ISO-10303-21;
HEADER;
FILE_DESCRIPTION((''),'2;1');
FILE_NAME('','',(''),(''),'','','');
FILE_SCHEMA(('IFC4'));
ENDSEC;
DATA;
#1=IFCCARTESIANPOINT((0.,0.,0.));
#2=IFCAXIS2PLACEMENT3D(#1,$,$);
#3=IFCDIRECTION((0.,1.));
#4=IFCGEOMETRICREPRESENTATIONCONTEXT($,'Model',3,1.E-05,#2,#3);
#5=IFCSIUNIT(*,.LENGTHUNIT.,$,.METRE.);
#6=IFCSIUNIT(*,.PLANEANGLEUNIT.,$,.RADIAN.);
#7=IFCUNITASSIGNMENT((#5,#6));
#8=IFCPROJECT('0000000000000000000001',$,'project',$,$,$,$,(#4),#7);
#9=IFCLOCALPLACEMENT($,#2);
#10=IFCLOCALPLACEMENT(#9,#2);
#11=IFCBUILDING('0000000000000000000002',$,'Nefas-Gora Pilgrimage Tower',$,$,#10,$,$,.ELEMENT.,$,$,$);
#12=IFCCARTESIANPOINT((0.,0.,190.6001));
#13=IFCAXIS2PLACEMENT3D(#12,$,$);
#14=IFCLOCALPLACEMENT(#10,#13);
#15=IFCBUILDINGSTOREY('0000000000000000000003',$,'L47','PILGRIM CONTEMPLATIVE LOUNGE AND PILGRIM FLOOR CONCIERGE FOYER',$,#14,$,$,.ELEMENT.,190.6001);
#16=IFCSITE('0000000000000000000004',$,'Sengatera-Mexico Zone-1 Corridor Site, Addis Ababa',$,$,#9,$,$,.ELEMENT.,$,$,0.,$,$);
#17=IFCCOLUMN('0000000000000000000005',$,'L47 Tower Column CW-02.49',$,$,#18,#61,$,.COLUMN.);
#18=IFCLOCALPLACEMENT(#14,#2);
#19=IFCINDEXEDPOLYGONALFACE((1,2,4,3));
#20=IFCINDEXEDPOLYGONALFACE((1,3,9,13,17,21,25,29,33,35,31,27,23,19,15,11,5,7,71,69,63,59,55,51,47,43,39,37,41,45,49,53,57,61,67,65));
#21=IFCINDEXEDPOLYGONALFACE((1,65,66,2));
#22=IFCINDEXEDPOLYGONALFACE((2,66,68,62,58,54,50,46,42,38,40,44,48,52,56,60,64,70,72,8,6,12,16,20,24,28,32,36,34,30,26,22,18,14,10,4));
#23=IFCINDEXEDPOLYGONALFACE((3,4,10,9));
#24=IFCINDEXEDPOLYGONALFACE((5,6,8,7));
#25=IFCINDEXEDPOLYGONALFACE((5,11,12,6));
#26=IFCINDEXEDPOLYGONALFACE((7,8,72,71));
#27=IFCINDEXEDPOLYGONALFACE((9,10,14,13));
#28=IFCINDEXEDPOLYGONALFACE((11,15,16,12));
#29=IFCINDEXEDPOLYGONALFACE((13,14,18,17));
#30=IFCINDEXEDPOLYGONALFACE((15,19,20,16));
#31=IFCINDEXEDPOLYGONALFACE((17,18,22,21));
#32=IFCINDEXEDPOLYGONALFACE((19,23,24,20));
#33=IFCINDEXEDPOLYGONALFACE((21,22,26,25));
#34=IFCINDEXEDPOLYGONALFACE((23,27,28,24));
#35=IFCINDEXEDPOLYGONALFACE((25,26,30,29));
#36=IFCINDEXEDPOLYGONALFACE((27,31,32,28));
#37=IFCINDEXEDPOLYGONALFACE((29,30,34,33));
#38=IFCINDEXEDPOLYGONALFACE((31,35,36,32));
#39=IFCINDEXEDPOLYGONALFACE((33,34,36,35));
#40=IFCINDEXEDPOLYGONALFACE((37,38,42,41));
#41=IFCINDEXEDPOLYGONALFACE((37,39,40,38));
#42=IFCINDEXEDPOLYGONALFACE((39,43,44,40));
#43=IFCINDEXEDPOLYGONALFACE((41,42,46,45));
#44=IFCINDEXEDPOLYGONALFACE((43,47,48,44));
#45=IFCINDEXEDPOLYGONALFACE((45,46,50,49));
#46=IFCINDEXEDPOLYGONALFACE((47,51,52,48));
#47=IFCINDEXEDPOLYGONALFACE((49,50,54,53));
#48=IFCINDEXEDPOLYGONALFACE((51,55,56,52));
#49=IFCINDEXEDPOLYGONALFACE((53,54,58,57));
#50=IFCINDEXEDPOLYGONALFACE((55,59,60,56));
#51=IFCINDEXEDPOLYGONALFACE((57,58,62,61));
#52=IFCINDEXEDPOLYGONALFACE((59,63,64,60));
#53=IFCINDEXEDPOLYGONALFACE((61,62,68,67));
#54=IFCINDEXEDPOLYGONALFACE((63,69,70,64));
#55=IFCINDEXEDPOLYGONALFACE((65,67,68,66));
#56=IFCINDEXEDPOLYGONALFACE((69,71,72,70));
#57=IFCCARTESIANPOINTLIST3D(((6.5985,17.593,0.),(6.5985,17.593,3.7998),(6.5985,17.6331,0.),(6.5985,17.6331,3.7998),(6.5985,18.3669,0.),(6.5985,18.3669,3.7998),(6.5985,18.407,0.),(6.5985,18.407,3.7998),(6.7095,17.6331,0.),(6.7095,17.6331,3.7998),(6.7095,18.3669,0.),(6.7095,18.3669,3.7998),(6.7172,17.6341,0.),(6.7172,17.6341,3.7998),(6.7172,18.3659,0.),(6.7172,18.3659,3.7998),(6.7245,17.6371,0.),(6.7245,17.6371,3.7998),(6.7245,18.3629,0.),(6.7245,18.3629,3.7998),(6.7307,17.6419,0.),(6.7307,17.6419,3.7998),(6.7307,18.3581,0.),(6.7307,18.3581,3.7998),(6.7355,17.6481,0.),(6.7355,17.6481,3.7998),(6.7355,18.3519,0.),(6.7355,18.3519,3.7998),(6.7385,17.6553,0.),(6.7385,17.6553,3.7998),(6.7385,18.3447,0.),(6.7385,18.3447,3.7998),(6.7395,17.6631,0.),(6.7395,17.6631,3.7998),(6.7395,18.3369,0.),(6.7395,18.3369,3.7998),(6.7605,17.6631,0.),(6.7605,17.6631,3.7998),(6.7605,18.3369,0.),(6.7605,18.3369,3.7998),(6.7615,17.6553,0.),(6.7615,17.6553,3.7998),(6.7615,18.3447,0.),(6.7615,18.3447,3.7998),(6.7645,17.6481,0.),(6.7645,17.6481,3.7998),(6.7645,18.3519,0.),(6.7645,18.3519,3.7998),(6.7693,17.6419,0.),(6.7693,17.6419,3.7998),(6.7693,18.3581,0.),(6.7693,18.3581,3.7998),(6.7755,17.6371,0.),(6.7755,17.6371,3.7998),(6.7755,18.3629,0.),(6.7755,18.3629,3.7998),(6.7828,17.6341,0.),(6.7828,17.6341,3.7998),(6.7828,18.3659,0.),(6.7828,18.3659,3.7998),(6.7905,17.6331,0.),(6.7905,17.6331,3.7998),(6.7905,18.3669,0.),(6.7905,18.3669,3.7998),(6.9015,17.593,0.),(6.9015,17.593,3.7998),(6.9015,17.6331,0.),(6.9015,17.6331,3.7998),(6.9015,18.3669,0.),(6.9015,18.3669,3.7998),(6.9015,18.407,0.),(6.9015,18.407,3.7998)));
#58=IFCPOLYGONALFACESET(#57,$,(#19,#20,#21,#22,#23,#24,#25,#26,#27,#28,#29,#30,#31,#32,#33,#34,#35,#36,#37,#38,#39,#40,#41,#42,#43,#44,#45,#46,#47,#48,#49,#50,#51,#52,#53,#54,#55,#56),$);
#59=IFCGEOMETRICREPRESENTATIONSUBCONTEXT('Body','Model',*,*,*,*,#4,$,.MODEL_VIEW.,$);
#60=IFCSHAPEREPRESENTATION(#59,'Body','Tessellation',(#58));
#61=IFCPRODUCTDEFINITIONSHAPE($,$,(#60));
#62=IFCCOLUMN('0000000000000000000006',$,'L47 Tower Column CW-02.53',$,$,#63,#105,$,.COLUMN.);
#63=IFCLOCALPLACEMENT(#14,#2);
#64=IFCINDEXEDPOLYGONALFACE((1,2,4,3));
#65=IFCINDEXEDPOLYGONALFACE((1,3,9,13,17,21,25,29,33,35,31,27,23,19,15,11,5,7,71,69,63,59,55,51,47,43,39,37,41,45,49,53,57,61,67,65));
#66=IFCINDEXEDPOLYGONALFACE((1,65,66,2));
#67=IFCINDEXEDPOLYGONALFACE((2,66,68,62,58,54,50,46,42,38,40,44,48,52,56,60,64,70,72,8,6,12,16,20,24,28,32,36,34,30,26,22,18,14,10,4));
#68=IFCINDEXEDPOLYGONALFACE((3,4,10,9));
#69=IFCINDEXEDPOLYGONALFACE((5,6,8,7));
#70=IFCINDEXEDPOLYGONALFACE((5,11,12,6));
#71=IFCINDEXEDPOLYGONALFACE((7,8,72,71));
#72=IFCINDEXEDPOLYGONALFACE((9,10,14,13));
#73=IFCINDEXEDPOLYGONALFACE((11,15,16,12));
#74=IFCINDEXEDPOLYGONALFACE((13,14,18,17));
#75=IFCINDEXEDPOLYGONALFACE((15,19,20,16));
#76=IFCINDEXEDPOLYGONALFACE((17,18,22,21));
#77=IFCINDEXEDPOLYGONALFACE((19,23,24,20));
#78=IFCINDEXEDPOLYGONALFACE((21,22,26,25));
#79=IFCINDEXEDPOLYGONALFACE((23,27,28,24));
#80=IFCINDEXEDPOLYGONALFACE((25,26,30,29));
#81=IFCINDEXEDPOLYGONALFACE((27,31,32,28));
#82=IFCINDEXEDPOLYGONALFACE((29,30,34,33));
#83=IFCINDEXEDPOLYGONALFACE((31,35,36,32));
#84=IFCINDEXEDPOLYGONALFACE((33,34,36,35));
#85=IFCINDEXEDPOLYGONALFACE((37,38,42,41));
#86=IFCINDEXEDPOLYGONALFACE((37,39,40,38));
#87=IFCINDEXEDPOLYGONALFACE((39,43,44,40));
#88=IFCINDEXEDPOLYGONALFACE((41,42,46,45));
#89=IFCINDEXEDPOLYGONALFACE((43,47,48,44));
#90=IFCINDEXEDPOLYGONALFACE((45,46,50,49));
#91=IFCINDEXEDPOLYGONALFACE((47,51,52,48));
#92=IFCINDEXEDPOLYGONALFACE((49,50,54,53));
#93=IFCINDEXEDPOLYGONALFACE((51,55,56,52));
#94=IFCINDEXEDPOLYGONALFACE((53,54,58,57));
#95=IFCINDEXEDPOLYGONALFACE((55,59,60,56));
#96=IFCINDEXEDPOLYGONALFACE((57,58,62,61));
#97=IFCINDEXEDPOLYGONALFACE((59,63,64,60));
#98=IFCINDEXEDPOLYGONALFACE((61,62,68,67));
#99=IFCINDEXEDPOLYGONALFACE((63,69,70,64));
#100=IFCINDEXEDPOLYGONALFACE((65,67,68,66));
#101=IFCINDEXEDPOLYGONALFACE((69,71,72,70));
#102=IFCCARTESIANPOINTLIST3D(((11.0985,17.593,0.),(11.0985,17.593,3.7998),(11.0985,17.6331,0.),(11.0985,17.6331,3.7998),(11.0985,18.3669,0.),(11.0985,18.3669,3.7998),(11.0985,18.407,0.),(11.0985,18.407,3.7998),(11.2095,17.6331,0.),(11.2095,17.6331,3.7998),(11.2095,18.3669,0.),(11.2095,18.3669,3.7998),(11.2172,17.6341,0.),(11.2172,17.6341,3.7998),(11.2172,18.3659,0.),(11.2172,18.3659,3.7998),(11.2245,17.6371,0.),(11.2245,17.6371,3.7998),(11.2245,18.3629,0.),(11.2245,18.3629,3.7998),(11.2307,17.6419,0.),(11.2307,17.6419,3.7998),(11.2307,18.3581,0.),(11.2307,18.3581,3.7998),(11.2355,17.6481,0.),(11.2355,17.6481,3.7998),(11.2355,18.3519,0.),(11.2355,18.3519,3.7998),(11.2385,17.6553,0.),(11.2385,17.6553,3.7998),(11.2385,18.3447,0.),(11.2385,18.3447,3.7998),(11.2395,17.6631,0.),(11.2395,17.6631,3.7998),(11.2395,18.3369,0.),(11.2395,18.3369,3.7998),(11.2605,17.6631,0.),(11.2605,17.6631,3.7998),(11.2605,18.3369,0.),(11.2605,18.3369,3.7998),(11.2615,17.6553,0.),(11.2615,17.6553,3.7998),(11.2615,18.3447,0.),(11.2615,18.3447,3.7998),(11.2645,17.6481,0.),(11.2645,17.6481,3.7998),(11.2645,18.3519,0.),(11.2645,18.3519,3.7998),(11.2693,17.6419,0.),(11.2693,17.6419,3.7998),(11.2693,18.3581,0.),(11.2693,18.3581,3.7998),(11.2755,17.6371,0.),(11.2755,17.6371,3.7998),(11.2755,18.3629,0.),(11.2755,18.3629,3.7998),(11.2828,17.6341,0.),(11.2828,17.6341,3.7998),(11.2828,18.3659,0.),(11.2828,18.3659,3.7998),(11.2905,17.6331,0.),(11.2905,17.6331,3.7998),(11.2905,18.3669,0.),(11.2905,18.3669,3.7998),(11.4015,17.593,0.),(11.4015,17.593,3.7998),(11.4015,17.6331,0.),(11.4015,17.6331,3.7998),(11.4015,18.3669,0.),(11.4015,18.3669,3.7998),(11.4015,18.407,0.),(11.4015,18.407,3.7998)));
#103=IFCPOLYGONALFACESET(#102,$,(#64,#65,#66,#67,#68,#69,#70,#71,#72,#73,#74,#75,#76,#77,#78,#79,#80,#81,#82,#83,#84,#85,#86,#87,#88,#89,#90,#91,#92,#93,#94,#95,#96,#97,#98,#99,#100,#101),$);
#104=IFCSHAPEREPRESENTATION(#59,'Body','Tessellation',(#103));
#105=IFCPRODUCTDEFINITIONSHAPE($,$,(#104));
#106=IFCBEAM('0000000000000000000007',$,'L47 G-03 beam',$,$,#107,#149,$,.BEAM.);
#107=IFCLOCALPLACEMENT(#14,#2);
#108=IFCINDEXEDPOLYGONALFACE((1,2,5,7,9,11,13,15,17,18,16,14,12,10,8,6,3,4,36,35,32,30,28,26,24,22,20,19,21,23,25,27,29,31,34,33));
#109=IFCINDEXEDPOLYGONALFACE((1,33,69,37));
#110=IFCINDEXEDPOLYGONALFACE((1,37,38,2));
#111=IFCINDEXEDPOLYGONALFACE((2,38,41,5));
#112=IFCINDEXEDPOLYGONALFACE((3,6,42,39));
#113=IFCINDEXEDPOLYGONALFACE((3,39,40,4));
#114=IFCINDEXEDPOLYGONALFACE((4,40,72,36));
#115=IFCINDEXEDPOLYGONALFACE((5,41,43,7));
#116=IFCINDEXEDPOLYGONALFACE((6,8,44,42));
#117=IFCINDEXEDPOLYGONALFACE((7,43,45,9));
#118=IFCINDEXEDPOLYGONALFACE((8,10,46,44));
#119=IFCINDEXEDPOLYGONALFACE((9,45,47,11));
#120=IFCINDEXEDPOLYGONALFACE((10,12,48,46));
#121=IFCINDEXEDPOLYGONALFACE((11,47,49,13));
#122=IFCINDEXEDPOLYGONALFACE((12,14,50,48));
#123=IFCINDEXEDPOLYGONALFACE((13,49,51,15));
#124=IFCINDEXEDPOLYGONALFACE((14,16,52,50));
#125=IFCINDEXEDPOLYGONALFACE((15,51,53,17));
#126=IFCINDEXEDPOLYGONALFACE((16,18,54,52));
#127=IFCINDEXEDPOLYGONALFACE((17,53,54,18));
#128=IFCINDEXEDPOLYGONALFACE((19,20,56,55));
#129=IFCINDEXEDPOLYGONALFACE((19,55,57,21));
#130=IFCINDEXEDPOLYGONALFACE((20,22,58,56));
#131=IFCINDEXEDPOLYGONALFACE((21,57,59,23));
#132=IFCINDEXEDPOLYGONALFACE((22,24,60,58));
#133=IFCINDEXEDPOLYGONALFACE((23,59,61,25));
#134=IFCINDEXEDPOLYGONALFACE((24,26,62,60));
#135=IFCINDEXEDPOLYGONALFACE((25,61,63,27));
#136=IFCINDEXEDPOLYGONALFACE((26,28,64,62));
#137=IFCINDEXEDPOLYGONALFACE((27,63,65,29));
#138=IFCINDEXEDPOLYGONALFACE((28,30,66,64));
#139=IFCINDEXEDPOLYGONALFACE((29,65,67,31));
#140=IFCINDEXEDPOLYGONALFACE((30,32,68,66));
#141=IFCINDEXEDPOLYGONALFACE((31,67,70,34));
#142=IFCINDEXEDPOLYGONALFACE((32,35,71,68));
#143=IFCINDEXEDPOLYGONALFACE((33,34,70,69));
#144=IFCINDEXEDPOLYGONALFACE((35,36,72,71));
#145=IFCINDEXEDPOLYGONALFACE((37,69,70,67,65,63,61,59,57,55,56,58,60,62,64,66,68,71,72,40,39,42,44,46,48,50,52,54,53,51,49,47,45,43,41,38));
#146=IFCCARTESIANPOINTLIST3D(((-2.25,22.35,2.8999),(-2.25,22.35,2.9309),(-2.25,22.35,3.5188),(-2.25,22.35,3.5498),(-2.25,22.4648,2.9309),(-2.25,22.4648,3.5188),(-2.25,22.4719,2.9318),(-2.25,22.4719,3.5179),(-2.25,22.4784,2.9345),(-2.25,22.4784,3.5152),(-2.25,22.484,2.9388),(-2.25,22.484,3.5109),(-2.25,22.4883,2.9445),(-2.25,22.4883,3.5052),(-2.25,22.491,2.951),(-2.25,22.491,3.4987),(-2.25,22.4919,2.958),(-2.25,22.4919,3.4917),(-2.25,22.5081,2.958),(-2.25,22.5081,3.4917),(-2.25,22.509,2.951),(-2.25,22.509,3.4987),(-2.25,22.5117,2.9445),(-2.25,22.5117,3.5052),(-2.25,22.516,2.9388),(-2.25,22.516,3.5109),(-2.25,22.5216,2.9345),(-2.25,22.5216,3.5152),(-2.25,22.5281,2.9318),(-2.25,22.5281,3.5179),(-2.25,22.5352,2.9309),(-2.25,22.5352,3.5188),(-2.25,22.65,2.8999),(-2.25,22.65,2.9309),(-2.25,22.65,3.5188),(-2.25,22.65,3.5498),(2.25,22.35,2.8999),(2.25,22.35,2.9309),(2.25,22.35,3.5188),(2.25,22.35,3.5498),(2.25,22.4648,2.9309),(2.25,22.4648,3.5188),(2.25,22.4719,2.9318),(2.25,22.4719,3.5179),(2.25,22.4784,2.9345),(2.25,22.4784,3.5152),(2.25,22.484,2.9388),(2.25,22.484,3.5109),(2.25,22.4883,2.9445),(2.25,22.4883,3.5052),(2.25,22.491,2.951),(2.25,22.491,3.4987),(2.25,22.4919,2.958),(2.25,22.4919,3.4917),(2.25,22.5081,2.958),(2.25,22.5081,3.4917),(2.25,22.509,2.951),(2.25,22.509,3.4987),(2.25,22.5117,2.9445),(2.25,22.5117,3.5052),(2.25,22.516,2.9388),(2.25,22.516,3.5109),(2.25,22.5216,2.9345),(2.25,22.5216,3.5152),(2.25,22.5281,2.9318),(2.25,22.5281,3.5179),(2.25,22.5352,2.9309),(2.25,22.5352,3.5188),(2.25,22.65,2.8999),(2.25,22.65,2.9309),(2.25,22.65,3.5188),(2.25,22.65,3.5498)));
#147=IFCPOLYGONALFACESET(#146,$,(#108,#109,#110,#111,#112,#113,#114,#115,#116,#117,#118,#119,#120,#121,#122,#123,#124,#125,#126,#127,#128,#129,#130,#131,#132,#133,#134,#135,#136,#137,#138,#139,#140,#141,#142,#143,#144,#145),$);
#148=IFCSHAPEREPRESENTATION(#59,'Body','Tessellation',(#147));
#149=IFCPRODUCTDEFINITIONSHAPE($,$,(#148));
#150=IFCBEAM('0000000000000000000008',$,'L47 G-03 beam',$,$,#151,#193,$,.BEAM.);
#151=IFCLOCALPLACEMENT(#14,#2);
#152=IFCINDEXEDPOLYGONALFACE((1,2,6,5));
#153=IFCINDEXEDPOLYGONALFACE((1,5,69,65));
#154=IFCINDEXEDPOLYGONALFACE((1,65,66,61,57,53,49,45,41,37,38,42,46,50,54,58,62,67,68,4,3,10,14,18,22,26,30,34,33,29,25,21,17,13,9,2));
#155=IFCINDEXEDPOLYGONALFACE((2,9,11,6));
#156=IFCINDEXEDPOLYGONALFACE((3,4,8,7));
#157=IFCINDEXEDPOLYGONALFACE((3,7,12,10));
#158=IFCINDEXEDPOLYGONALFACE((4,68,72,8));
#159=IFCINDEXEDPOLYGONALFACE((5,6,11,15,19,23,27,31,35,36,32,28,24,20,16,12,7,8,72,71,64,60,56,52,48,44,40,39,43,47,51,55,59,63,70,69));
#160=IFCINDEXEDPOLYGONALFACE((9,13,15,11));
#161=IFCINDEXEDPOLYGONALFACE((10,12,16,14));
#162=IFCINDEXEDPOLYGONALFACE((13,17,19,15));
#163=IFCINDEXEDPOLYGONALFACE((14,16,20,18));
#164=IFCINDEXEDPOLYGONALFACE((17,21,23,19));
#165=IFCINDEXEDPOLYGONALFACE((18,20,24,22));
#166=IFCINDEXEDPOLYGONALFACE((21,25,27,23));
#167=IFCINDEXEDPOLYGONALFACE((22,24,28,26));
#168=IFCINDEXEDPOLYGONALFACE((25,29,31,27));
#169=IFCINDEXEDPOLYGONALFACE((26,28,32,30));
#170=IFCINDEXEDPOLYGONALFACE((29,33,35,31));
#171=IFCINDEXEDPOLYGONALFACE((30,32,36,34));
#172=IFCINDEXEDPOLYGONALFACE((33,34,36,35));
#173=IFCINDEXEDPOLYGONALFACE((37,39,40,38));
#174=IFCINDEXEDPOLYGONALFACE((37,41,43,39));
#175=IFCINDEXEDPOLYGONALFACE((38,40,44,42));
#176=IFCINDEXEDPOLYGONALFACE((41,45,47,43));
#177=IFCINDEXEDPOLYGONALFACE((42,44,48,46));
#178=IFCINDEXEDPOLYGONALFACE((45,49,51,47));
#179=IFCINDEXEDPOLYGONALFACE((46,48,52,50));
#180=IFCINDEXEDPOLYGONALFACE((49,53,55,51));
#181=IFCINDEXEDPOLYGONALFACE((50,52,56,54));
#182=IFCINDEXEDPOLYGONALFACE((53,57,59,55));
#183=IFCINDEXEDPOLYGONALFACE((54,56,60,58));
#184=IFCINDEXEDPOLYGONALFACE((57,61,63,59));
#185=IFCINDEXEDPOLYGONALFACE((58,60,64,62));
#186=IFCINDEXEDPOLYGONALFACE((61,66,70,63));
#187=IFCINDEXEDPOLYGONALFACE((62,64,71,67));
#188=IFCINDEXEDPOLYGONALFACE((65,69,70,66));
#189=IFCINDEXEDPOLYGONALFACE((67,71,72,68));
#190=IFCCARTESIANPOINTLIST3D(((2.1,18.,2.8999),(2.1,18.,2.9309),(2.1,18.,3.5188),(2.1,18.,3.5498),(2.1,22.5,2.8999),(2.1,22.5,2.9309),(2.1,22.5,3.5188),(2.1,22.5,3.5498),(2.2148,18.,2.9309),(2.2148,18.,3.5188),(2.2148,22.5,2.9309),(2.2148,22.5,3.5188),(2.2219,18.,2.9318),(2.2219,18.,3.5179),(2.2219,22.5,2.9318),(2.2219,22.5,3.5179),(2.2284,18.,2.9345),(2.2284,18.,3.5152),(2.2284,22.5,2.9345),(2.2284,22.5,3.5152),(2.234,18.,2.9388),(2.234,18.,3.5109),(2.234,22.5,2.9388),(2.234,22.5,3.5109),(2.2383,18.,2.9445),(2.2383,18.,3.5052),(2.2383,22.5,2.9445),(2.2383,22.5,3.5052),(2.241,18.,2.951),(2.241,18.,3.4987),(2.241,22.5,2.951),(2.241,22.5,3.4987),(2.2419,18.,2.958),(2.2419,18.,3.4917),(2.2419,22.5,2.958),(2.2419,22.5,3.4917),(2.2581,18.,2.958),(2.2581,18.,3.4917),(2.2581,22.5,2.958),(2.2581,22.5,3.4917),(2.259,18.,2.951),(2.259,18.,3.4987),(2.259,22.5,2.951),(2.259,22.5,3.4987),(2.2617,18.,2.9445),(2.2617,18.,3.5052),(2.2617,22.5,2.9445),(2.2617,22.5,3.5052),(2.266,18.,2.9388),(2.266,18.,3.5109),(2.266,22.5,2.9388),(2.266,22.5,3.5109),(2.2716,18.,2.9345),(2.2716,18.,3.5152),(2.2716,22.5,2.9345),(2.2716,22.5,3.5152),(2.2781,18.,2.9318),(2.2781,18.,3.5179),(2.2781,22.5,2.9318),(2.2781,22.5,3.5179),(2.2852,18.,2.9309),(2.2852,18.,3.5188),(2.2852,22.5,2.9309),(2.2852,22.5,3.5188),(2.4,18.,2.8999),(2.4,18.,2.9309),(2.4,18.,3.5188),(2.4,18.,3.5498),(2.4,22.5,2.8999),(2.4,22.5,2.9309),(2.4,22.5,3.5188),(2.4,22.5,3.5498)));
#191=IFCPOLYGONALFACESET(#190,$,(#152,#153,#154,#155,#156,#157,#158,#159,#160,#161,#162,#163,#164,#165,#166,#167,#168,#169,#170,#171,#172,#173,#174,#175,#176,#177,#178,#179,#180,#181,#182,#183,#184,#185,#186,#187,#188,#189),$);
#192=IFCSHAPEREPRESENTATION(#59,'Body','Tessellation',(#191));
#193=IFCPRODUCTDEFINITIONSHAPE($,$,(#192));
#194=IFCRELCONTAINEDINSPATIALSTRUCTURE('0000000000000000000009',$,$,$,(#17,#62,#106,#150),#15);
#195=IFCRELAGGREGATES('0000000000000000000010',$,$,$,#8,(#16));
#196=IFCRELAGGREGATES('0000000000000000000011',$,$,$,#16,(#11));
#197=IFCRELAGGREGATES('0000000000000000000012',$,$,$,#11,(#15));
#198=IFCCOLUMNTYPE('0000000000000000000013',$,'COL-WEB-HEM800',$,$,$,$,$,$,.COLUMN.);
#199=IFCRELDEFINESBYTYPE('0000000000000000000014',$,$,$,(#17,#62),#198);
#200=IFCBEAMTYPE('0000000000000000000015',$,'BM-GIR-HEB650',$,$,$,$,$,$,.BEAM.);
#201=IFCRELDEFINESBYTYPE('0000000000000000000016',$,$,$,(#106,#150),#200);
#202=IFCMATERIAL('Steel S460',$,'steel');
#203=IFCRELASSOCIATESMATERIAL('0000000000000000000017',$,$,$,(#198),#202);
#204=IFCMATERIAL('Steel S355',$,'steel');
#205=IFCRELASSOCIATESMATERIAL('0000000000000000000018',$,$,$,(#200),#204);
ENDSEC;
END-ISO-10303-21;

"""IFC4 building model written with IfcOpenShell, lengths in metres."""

from ifc_helpers import new_model, si_unit, direction, frame, origin, origin_2d, place, context, subcontext, project, spatial, i_section, extrude, source, transform, mapped, material, material_profile, profile_set, type_object, element, save


model = new_model("IFC4")

# Units and contexts
model_context = context("Model", 3, precision=1e-05, world=origin(), true_north=direction((0.0, 1.0)))
body_context = subcontext(model_context, "Body", "Model", "MODEL_VIEW")
ifc_project = project(units=[si_unit("LENGTHUNIT", "METRE"), si_unit("PLANEANGLEUNIT", "RADIAN")], contexts=[model_context])

# Site, building, storey
site_placement = place(None, origin())
site = spatial("IfcSite", under=ifc_project, at=site_placement, Name="Sengatera-Mexico Zone-1 Corridor Site, Addis Ababa", CompositionType="ELEMENT", RefElevation=0.0)
building_placement = place(site_placement, origin())
building = spatial("IfcBuilding", under=site, at=building_placement, Name="Nefas-Gora Pilgrimage Tower", CompositionType="ELEMENT")
storey_placement = place(building_placement, frame((0.0, 0.0, 190.6001)))
storey = spatial("IfcBuildingStorey", under=building, at=storey_placement, Name="L47", Description="PILGRIM CONTEMPLATIVE LOUNGE AND PILGRIM FLOOR CONCIERGE FOYER", CompositionType="ELEMENT", Elevation=190.6001)

# Columns
ifc_material_1 = material(Name="Steel S460", Category="steel")
ifc_material_profile_1 = material_profile(ifc_material_1, i_section(OverallWidth=0.303, OverallDepth=0.814, WebThickness=0.021, FlangeThickness=0.04, FilletRadius=0.03, at=origin_2d()), Name="HEM 800")
ifc_profile_set_1 = profile_set([ifc_material_profile_1], Name="Steel S460")
column_type_1 = type_object("IfcColumnType", Name="COL-WEB-HEM800", PredefinedType="COLUMN", material=ifc_profile_set_1)
shared_shape_1 = source(origin(), body_context, "Body", "SweptSolid", [
    extrude(i_section(OverallWidth=0.303, OverallDepth=0.814, WebThickness=0.021, FlangeThickness=0.04, FilletRadius=0.03, at=origin_2d()), origin(), (0.0, 0.0, 1.0), 3.7998),
])
for number, where, z_axis, x_axis, name in (
    (1, (6.75, 18.0, 0.0), (0.0, 0.0, 1.0), (1.0, 0.0, 0.0), "L47 Tower Column CW-02.49"),
    (2, (11.25, 18.0, 0.0), (0.0, 0.0, 1.0), (1.0, 0.0, 0.0), "L47 Tower Column CW-02.53"),
):
    element("IfcColumn", number, at=place(storey_placement, frame(where, z_axis=z_axis, x_axis=x_axis)), inside=storey, type_object=column_type_1, Name=name, PredefinedType="COLUMN", context=body_context, shape_type="MappedRepresentation", body=[
        mapped(shared_shape_1, transform((0.0, 0.0, 0.0), x_axis=(1.0, 0.0, 0.0), y_axis=(0.0, 1.0, 0.0), z_axis=(0.0, 0.0, 1.0), scale=1.0)),
    ])

# Beams
ifc_material_2 = material(Name="Steel S355", Category="steel")
ifc_material_profile_2 = material_profile(ifc_material_2, i_section(OverallWidth=0.3, OverallDepth=0.6499, WebThickness=0.0161, FlangeThickness=0.031, FilletRadius=0.0271, at=origin_2d()), Name="HEB 650")
ifc_profile_set_2 = profile_set([ifc_material_profile_2], Name="Steel S355")
beam_type = type_object("IfcBeamType", Name="BM-GIR-HEB650", PredefinedType="BEAM", material=ifc_profile_set_2)
shared_shape_2 = source(origin(), body_context, "Body", "SweptSolid", [
    extrude(i_section(OverallWidth=0.3, OverallDepth=0.6499, WebThickness=0.0161, FlangeThickness=0.031, FilletRadius=0.0271, at=origin_2d()), origin(), (0.0, 0.0, 1.0), 4.5),
])
for number, where, z_axis, x_axis, name in (
    (3, (-2.25, 22.5, 3.2249), (1.0, 0.0, 0.0), (0.0, 1.0, 0.0), "L47 G-03 beam"),
    (4, (2.25, 18.0, 3.2249), (0.0, 1.0, 0.0), (-1.0, 0.0, 0.0), "L47 G-03 beam"),
):
    element("IfcBeam", number, at=place(storey_placement, frame(where, z_axis=z_axis, x_axis=x_axis)), inside=storey, type_object=beam_type, Name=name, PredefinedType="BEAM", context=body_context, shape_type="MappedRepresentation", body=[
        mapped(shared_shape_2, transform((0.0, 0.0, 0.0), x_axis=(1.0, 0.0, 0.0), y_axis=(0.0, 1.0, 0.0), z_axis=(0.0, 0.0, 1.0), scale=1.0)),
    ])

save(model, "model.ifc")
